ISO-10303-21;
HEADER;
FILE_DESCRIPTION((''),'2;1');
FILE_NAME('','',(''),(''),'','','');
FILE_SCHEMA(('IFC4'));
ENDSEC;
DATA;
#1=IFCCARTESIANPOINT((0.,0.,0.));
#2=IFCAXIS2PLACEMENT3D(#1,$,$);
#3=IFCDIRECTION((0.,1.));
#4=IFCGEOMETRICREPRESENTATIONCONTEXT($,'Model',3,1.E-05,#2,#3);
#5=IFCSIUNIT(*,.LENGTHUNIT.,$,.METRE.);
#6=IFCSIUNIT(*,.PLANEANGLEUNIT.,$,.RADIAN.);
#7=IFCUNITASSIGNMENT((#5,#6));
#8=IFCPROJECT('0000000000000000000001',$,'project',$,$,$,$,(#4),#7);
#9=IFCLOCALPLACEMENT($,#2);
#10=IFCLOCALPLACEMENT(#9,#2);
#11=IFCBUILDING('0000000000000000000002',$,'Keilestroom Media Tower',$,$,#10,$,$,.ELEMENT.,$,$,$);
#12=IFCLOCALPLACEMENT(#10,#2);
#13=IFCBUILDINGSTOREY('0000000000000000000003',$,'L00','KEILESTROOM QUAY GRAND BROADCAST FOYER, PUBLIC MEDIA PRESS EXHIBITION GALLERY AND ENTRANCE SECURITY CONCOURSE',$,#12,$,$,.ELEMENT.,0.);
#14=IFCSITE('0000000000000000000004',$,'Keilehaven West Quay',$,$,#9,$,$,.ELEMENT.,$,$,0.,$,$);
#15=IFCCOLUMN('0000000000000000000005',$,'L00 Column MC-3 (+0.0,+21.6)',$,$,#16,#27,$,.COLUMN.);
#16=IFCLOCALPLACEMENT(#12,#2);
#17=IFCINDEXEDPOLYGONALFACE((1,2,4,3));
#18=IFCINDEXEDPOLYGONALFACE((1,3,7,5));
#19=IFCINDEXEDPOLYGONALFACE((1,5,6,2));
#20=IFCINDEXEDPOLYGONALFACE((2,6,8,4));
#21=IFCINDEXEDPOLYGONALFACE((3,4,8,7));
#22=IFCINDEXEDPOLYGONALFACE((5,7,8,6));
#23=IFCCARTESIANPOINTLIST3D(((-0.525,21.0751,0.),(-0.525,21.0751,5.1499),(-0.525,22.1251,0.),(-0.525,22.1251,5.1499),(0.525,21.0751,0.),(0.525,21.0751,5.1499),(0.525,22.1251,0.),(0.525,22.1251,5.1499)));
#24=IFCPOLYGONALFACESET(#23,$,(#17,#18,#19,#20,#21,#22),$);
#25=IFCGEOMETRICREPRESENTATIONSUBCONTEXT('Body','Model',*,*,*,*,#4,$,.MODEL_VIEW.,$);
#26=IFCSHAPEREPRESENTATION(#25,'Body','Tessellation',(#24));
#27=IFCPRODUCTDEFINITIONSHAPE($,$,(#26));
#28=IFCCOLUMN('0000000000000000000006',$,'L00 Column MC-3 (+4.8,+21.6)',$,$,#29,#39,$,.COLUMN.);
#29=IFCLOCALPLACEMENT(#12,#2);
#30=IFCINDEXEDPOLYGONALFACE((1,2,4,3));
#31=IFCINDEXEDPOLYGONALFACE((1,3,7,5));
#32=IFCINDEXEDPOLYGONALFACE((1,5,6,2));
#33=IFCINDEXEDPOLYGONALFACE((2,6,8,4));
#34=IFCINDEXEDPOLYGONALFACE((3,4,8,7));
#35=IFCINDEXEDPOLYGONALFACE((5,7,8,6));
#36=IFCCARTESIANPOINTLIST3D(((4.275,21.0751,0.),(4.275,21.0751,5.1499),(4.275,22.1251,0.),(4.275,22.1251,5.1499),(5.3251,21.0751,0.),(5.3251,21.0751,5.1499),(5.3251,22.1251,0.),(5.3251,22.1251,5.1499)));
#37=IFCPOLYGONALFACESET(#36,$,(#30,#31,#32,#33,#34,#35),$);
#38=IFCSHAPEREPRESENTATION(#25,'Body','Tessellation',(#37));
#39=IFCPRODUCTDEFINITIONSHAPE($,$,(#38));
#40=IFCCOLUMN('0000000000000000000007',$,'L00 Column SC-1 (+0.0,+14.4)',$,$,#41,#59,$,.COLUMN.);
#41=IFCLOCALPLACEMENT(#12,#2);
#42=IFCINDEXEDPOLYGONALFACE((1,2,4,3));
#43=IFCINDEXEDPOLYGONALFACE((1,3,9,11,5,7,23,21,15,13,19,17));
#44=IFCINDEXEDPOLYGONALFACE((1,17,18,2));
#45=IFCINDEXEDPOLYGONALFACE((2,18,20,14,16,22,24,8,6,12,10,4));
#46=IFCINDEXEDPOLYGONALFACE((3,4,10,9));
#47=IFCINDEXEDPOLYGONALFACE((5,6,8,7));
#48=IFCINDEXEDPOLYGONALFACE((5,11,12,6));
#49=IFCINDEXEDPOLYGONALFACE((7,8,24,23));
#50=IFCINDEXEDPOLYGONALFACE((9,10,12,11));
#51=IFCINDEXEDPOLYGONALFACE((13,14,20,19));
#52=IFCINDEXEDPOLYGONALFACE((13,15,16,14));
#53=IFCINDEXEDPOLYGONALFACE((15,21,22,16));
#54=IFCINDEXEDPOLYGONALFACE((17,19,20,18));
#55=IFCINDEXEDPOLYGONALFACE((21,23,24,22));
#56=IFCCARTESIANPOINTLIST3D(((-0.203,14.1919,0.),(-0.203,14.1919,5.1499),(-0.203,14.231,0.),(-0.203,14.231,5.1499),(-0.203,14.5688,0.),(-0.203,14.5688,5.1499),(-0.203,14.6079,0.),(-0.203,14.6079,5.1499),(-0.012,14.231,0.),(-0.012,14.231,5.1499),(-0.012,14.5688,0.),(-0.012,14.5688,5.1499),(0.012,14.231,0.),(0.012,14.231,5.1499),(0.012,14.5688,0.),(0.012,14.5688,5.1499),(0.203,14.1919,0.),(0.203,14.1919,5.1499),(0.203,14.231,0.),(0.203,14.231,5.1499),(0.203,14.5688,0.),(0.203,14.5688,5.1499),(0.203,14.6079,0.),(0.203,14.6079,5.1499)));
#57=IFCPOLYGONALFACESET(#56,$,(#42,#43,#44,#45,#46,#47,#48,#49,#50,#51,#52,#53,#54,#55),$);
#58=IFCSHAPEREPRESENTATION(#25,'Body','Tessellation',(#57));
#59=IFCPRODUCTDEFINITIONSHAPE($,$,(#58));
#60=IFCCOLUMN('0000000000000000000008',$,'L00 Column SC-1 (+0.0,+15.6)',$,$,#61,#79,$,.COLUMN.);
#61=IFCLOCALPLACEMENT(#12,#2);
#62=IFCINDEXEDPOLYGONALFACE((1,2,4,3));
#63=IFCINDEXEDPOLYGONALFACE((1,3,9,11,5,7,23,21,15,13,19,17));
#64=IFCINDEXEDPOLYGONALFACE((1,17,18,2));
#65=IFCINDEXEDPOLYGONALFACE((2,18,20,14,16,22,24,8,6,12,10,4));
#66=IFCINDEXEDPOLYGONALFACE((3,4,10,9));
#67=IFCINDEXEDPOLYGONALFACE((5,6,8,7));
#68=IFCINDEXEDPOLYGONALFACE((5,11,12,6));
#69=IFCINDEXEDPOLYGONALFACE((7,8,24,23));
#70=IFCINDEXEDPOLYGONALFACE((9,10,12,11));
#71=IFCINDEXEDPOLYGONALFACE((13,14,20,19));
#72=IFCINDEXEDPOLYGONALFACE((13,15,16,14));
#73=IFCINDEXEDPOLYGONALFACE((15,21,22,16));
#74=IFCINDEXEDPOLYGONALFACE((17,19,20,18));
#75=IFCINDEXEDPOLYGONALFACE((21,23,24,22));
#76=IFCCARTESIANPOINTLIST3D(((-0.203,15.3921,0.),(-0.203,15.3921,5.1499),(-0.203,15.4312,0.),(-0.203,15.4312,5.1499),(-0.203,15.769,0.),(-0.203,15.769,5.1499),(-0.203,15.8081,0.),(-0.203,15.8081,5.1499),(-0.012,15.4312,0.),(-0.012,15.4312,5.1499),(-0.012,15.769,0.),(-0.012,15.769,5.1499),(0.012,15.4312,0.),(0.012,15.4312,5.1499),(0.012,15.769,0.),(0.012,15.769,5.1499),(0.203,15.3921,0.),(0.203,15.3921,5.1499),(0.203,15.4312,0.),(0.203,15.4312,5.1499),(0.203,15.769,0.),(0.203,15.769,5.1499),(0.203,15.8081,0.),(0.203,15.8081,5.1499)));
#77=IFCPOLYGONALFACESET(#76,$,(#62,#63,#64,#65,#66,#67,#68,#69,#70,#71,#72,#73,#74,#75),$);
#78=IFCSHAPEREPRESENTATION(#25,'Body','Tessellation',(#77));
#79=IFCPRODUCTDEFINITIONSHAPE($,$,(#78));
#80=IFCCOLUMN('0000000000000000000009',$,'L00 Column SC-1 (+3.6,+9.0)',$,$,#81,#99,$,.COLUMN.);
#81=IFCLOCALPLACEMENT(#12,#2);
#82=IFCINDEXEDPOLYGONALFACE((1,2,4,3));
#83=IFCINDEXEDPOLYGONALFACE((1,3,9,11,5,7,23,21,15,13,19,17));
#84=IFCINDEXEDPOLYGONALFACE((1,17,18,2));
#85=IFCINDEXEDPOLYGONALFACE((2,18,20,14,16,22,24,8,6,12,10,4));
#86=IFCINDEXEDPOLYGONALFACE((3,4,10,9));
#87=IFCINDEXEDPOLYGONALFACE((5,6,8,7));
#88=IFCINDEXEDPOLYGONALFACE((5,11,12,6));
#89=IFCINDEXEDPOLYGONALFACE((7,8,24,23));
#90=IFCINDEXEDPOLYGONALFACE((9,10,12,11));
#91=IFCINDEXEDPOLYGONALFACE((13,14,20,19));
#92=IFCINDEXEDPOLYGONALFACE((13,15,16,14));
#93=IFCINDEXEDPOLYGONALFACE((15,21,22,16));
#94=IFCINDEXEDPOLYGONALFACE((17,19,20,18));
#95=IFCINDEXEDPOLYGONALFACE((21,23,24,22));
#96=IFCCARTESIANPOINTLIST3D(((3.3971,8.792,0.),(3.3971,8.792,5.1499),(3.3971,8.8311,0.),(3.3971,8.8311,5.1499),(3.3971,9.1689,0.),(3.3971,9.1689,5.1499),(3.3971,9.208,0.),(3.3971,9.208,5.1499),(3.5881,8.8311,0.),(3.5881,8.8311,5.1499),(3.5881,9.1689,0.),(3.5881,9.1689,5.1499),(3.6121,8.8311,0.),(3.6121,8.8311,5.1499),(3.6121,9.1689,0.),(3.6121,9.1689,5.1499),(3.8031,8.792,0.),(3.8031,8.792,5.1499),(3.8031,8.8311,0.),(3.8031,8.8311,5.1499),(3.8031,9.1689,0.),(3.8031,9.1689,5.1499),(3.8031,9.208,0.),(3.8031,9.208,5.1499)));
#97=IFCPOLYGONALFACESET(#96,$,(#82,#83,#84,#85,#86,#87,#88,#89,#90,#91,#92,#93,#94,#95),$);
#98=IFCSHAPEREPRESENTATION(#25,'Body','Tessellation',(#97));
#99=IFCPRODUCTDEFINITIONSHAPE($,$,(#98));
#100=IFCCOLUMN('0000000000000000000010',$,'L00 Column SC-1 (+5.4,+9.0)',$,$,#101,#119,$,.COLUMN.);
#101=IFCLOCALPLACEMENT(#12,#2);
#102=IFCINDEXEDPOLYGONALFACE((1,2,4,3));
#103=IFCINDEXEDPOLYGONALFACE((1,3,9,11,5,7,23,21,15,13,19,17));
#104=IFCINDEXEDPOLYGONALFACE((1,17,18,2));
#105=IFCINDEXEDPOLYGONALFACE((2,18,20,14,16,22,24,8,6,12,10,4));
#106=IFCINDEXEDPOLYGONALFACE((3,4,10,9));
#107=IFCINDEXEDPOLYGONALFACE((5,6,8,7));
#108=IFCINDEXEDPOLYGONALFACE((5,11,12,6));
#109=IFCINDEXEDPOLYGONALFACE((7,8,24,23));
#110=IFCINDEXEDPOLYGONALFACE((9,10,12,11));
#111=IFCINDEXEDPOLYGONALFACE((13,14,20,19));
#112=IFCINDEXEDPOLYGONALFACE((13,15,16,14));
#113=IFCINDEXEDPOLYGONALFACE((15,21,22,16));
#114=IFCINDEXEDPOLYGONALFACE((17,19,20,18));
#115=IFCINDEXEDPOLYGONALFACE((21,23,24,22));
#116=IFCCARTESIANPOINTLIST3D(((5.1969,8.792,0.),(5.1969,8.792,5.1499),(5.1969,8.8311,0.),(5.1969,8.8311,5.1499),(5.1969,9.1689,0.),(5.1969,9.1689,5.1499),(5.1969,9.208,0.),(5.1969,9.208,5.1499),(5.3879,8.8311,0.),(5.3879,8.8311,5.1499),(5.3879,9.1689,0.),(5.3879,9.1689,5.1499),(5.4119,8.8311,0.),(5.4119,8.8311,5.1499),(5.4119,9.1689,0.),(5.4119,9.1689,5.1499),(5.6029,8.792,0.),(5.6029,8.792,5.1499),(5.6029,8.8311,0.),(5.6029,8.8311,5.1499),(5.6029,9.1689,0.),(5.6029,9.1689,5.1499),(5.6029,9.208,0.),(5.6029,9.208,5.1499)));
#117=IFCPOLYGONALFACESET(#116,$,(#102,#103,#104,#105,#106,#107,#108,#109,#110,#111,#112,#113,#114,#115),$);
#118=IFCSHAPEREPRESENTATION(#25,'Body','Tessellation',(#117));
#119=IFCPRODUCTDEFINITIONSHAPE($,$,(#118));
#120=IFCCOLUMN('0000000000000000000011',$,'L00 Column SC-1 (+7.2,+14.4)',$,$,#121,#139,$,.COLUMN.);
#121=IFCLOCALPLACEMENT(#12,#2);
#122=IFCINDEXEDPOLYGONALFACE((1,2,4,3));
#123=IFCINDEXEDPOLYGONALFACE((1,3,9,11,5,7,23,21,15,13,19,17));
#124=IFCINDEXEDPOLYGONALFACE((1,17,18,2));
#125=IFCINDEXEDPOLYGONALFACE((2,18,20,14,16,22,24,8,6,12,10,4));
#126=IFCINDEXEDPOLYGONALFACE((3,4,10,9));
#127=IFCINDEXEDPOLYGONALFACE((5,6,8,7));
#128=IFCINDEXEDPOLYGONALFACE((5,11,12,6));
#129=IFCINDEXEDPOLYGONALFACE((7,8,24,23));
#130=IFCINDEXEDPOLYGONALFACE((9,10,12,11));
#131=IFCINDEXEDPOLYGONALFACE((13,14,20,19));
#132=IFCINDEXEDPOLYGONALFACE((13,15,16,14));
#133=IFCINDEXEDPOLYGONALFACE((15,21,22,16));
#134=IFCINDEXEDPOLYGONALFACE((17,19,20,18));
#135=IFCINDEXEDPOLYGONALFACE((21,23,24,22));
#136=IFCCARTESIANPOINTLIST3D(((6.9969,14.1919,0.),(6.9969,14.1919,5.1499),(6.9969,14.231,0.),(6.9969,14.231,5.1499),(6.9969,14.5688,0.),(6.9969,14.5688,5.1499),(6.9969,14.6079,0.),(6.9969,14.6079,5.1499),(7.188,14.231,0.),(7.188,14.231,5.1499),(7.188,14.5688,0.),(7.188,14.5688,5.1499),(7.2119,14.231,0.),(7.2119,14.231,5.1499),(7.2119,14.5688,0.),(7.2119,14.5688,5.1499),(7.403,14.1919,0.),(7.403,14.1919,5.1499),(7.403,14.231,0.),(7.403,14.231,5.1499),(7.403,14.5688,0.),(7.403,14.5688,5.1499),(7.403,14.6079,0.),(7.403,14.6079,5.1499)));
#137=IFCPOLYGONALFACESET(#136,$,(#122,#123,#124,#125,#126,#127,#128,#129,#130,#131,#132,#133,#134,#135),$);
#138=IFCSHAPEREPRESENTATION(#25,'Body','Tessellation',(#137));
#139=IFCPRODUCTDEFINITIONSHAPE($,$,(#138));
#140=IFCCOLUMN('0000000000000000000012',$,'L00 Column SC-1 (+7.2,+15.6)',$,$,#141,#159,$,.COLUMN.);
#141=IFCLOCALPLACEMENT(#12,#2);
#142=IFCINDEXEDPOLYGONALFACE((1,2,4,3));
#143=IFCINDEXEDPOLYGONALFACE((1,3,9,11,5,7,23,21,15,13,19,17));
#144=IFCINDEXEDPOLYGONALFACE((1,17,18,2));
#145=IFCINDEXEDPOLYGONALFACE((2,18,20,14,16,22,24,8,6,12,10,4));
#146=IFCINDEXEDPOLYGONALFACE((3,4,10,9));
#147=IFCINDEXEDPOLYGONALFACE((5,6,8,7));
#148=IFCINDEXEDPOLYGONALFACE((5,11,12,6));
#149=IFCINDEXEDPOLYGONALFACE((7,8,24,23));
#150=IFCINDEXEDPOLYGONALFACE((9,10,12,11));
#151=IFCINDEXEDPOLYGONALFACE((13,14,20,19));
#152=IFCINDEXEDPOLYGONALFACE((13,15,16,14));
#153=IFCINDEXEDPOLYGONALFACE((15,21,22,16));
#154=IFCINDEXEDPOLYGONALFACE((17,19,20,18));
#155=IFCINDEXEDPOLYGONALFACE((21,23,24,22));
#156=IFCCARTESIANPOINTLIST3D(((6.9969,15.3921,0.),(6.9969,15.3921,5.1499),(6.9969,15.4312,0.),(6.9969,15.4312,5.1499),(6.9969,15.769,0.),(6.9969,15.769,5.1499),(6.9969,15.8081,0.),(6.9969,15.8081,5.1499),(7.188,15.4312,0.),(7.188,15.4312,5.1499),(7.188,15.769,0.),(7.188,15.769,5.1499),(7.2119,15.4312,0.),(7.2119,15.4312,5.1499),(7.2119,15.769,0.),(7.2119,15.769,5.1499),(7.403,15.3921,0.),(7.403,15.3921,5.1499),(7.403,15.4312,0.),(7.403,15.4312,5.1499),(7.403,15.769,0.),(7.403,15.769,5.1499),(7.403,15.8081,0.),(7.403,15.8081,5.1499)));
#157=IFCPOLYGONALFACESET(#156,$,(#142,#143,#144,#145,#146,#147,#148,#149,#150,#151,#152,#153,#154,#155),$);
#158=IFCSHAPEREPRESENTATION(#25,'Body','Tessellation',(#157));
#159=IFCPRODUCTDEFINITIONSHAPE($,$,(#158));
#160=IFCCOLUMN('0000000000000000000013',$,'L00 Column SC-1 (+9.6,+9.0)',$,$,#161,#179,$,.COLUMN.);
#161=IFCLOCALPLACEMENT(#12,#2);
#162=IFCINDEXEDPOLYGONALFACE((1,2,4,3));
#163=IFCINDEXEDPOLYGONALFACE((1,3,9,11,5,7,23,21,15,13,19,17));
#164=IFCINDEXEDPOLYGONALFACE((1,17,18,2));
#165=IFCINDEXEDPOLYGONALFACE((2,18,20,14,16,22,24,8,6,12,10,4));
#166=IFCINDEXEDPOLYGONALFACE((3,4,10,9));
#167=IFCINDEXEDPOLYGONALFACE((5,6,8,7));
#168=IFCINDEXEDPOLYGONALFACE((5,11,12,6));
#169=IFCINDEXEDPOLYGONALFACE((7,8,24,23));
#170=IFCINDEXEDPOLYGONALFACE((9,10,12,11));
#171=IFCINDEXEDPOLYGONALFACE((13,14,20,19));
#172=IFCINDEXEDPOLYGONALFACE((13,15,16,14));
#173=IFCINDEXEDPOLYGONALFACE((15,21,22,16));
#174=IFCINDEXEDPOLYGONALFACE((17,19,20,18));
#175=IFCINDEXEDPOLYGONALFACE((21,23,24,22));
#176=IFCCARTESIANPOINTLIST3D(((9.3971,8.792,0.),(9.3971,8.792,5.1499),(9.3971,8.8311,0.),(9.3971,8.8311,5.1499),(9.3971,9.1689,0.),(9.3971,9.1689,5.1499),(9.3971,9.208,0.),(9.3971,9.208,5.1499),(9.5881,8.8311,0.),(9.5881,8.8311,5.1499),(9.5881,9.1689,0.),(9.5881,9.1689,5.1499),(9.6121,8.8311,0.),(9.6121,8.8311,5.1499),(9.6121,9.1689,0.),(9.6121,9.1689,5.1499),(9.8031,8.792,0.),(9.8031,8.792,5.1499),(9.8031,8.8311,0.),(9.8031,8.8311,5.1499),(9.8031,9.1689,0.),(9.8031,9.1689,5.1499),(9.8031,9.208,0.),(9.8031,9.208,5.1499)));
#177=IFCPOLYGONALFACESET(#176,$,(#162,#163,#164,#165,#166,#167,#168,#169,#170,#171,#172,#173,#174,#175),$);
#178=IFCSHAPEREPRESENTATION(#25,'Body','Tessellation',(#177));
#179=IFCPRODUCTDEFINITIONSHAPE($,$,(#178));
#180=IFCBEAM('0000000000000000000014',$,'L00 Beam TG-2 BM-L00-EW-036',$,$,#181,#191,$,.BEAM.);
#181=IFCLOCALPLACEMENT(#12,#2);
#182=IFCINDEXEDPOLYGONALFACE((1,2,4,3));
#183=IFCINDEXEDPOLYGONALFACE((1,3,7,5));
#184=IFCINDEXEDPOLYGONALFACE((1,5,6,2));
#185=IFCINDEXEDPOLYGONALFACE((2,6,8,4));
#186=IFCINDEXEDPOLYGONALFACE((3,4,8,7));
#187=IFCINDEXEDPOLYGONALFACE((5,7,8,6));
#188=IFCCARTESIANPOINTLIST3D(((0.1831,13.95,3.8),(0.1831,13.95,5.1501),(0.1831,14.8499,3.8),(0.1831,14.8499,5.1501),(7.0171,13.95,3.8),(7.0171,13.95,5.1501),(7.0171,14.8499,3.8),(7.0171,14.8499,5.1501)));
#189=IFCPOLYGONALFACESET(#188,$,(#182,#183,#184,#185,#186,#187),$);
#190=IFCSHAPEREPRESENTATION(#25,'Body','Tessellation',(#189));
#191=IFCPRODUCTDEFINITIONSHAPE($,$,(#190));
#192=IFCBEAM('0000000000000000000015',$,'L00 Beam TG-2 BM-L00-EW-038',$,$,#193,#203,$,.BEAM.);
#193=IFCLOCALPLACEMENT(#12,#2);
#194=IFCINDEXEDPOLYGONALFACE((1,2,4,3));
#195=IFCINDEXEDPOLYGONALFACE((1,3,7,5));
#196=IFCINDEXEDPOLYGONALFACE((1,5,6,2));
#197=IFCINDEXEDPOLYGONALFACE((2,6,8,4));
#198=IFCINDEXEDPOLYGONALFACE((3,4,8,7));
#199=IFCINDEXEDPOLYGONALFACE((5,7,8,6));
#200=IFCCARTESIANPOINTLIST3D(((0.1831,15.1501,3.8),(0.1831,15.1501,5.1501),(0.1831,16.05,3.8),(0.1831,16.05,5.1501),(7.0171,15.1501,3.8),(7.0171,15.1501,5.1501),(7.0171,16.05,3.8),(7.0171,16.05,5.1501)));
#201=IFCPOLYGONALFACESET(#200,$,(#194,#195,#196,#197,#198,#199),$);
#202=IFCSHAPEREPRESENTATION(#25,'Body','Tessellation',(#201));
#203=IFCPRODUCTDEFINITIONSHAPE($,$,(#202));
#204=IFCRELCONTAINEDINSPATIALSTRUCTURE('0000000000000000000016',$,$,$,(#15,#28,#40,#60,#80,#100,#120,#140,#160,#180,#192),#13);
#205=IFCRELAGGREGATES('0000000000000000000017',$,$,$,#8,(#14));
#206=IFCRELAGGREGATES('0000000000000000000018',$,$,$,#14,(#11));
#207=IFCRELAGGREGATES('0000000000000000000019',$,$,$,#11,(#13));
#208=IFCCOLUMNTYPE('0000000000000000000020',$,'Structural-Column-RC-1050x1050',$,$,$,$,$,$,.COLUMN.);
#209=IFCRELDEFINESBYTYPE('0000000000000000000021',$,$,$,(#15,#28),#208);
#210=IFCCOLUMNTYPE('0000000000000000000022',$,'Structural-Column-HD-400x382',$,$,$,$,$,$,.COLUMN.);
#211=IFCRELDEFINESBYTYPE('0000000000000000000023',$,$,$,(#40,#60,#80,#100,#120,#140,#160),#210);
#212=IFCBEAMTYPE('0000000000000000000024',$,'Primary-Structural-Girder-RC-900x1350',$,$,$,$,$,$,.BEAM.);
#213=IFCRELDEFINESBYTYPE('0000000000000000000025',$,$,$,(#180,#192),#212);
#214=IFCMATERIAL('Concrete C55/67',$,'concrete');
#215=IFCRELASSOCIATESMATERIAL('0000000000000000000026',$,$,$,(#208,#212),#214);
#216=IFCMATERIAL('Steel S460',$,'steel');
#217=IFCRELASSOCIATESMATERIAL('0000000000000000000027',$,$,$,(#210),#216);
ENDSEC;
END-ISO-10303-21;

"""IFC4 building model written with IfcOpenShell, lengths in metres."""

from ifc_helpers import new_model, si_unit, direction, frame, origin, origin_2d, place, context, subcontext, project, spatial, rectangle, i_section, extrude, source, transform, mapped, material, material_profile, profile_set, type_object, element, save


model = new_model("IFC4")

# Units and contexts
model_context = context("Model", 3, precision=1e-05, world=origin(), true_north=direction((0.0, 1.0)))
body_context = subcontext(model_context, "Body", "Model", "MODEL_VIEW")
ifc_project = project(units=[si_unit("LENGTHUNIT", "METRE"), si_unit("PLANEANGLEUNIT", "RADIAN")], contexts=[model_context])

# Site, building, storey
site_placement = place(None, origin())
site = spatial("IfcSite", under=ifc_project, at=site_placement, Name="Keilehaven West Quay", CompositionType="ELEMENT", RefElevation=0.0)
building_placement = place(site_placement, origin())
building = spatial("IfcBuilding", under=site, at=building_placement, Name="Keilestroom Media Tower", CompositionType="ELEMENT")
storey_placement = place(building_placement, origin())
storey = spatial("IfcBuildingStorey", under=building, at=storey_placement, Name="L00", Description="KEILESTROOM QUAY GRAND BROADCAST FOYER, PUBLIC MEDIA PRESS EXHIBITION GALLERY AND ENTRANCE SECURITY CONCOURSE", CompositionType="ELEMENT", Elevation=0.0)

# Columns
ifc_material_1 = material(Name="Concrete C55/67", Category="concrete")
ifc_material_profile_1 = material_profile(ifc_material_1, rectangle(XDim=1.05, YDim=1.05, at=origin_2d()), Name="RC 1050x1050")
ifc_profile_set_1 = profile_set([ifc_material_profile_1], Name="Concrete C55/67")
column_type_1 = type_object("IfcColumnType", Name="Structural-Column-RC-1050x1050", PredefinedType="COLUMN", material=ifc_profile_set_1)
shared_shape_1 = source(origin(), body_context, "Body", "SweptSolid", [
    extrude(rectangle(XDim=1.05, YDim=1.05, at=origin_2d()), origin(), (0.0, 0.0, 1.0), 5.1499),
])
for number, where, z_axis, x_axis, name in (
    (1, (0.0, 21.6001, 0.0), (0.0, 0.0, 1.0), (1.0, 0.0, 0.0), "L00 Column MC-3 (+0.0,+21.6)"),
    (2, (4.8, 21.6001, 0.0), (0.0, 0.0, 1.0), (1.0, 0.0, 0.0), "L00 Column MC-3 (+4.8,+21.6)"),
):
    element("IfcColumn", number, at=place(storey_placement, frame(where, z_axis=z_axis, x_axis=x_axis)), inside=storey, type_object=column_type_1, Name=name, PredefinedType="COLUMN", context=body_context, shape_type="MappedRepresentation", body=[
        mapped(shared_shape_1, transform((0.0, 0.0, 0.0), x_axis=(1.0, 0.0, 0.0), y_axis=(0.0, 1.0, 0.0), z_axis=(0.0, 0.0, 1.0), scale=1.0)),
    ])
ifc_material_2 = material(Name="Steel S460", Category="steel")
ifc_material_profile_2 = material_profile(ifc_material_2, i_section(OverallWidth=0.406, OverallDepth=0.416, WebThickness=0.0239, FlangeThickness=0.0391, at=origin_2d()), Name="HD 400x382")
ifc_profile_set_2 = profile_set([ifc_material_profile_2], Name="Steel S460")
column_type_2 = type_object("IfcColumnType", Name="Structural-Column-HD-400x382", PredefinedType="COLUMN", material=ifc_profile_set_2)
shared_shape_2 = source(origin(), body_context, "Body", "SweptSolid", [
    extrude(i_section(OverallWidth=0.406, OverallDepth=0.416, WebThickness=0.0239, FlangeThickness=0.0391, at=origin_2d()), origin(), (0.0, 0.0, 1.0), 5.1499),
])
for number, where, z_axis, x_axis, name in (
    (3, (0.0, 14.3999, 0.0), (0.0, 0.0, 1.0), (1.0, 0.0, 0.0), "L00 Column SC-1 (+0.0,+14.4)"),
    (4, (0.0, 15.6001, 0.0), (0.0, 0.0, 1.0), (1.0, 0.0, 0.0), "L00 Column SC-1 (+0.0,+15.6)"),
    (5, (3.6001, 9.0, 0.0), (0.0, 0.0, 1.0), (1.0, 0.0, 0.0), "L00 Column SC-1 (+3.6,+9.0)"),
    (6, (5.3999, 9.0, 0.0), (0.0, 0.0, 1.0), (1.0, 0.0, 0.0), "L00 Column SC-1 (+5.4,+9.0)"),
    (7, (7.2, 14.3999, 0.0), (0.0, 0.0, 1.0), (1.0, 0.0, 0.0), "L00 Column SC-1 (+7.2,+14.4)"),
    (8, (7.2, 15.6001, 0.0), (0.0, 0.0, 1.0), (1.0, 0.0, 0.0), "L00 Column SC-1 (+7.2,+15.6)"),
    (9, (9.6001, 9.0, 0.0), (0.0, 0.0, 1.0), (1.0, 0.0, 0.0), "L00 Column SC-1 (+9.6,+9.0)"),
):
    element("IfcColumn", number, at=place(storey_placement, frame(where, z_axis=z_axis, x_axis=x_axis)), inside=storey, type_object=column_type_2, Name=name, PredefinedType="COLUMN", context=body_context, shape_type="MappedRepresentation", body=[
        mapped(shared_shape_2, transform((0.0, 0.0, 0.0), x_axis=(1.0, 0.0, 0.0), y_axis=(0.0, 1.0, 0.0), z_axis=(0.0, 0.0, 1.0), scale=1.0)),
    ])

# Beams
ifc_material_profile_3 = material_profile(ifc_material_1, rectangle(XDim=0.8999, YDim=1.3501, at=origin_2d()), Name="RC 900x1350")
ifc_profile_set_3 = profile_set([ifc_material_profile_3], Name="Concrete C55/67")
beam_type_1 = type_object("IfcBeamType", Name="Primary-Structural-Girder-RC-900x1350", PredefinedType="BEAM", material=ifc_profile_set_3)
shared_shape_3 = source(origin(), body_context, "Body", "SweptSolid", [
    extrude(rectangle(XDim=0.8999, YDim=1.3501, at=origin_2d()), origin(), (0.0, 0.0, 1.0), 6.834),
])
for number, where, z_axis, x_axis, name in (
    (10, (0.1831, 14.3999, 4.4751), (1.0, 0.0, 0.0), (0.0, 1.0, 0.0), "L00 Beam TG-2 BM-L00-EW-036"),
    (11, (0.1831, 15.6001, 4.4751), (1.0, 0.0, 0.0), (0.0, 1.0, 0.0), "L00 Beam TG-2 BM-L00-EW-038"),
):
    element("IfcBeam", number, at=place(storey_placement, frame(where, z_axis=z_axis, x_axis=x_axis)), inside=storey, type_object=beam_type_1, Name=name, PredefinedType="BEAM", context=body_context, shape_type="MappedRepresentation", body=[
        mapped(shared_shape_3, transform((0.0, 0.0, 0.0), x_axis=(1.0, 0.0, 0.0), y_axis=(0.0, 1.0, 0.0), z_axis=(0.0, 0.0, 1.0), scale=1.0)),
    ])

save(model, "model.ifc")
